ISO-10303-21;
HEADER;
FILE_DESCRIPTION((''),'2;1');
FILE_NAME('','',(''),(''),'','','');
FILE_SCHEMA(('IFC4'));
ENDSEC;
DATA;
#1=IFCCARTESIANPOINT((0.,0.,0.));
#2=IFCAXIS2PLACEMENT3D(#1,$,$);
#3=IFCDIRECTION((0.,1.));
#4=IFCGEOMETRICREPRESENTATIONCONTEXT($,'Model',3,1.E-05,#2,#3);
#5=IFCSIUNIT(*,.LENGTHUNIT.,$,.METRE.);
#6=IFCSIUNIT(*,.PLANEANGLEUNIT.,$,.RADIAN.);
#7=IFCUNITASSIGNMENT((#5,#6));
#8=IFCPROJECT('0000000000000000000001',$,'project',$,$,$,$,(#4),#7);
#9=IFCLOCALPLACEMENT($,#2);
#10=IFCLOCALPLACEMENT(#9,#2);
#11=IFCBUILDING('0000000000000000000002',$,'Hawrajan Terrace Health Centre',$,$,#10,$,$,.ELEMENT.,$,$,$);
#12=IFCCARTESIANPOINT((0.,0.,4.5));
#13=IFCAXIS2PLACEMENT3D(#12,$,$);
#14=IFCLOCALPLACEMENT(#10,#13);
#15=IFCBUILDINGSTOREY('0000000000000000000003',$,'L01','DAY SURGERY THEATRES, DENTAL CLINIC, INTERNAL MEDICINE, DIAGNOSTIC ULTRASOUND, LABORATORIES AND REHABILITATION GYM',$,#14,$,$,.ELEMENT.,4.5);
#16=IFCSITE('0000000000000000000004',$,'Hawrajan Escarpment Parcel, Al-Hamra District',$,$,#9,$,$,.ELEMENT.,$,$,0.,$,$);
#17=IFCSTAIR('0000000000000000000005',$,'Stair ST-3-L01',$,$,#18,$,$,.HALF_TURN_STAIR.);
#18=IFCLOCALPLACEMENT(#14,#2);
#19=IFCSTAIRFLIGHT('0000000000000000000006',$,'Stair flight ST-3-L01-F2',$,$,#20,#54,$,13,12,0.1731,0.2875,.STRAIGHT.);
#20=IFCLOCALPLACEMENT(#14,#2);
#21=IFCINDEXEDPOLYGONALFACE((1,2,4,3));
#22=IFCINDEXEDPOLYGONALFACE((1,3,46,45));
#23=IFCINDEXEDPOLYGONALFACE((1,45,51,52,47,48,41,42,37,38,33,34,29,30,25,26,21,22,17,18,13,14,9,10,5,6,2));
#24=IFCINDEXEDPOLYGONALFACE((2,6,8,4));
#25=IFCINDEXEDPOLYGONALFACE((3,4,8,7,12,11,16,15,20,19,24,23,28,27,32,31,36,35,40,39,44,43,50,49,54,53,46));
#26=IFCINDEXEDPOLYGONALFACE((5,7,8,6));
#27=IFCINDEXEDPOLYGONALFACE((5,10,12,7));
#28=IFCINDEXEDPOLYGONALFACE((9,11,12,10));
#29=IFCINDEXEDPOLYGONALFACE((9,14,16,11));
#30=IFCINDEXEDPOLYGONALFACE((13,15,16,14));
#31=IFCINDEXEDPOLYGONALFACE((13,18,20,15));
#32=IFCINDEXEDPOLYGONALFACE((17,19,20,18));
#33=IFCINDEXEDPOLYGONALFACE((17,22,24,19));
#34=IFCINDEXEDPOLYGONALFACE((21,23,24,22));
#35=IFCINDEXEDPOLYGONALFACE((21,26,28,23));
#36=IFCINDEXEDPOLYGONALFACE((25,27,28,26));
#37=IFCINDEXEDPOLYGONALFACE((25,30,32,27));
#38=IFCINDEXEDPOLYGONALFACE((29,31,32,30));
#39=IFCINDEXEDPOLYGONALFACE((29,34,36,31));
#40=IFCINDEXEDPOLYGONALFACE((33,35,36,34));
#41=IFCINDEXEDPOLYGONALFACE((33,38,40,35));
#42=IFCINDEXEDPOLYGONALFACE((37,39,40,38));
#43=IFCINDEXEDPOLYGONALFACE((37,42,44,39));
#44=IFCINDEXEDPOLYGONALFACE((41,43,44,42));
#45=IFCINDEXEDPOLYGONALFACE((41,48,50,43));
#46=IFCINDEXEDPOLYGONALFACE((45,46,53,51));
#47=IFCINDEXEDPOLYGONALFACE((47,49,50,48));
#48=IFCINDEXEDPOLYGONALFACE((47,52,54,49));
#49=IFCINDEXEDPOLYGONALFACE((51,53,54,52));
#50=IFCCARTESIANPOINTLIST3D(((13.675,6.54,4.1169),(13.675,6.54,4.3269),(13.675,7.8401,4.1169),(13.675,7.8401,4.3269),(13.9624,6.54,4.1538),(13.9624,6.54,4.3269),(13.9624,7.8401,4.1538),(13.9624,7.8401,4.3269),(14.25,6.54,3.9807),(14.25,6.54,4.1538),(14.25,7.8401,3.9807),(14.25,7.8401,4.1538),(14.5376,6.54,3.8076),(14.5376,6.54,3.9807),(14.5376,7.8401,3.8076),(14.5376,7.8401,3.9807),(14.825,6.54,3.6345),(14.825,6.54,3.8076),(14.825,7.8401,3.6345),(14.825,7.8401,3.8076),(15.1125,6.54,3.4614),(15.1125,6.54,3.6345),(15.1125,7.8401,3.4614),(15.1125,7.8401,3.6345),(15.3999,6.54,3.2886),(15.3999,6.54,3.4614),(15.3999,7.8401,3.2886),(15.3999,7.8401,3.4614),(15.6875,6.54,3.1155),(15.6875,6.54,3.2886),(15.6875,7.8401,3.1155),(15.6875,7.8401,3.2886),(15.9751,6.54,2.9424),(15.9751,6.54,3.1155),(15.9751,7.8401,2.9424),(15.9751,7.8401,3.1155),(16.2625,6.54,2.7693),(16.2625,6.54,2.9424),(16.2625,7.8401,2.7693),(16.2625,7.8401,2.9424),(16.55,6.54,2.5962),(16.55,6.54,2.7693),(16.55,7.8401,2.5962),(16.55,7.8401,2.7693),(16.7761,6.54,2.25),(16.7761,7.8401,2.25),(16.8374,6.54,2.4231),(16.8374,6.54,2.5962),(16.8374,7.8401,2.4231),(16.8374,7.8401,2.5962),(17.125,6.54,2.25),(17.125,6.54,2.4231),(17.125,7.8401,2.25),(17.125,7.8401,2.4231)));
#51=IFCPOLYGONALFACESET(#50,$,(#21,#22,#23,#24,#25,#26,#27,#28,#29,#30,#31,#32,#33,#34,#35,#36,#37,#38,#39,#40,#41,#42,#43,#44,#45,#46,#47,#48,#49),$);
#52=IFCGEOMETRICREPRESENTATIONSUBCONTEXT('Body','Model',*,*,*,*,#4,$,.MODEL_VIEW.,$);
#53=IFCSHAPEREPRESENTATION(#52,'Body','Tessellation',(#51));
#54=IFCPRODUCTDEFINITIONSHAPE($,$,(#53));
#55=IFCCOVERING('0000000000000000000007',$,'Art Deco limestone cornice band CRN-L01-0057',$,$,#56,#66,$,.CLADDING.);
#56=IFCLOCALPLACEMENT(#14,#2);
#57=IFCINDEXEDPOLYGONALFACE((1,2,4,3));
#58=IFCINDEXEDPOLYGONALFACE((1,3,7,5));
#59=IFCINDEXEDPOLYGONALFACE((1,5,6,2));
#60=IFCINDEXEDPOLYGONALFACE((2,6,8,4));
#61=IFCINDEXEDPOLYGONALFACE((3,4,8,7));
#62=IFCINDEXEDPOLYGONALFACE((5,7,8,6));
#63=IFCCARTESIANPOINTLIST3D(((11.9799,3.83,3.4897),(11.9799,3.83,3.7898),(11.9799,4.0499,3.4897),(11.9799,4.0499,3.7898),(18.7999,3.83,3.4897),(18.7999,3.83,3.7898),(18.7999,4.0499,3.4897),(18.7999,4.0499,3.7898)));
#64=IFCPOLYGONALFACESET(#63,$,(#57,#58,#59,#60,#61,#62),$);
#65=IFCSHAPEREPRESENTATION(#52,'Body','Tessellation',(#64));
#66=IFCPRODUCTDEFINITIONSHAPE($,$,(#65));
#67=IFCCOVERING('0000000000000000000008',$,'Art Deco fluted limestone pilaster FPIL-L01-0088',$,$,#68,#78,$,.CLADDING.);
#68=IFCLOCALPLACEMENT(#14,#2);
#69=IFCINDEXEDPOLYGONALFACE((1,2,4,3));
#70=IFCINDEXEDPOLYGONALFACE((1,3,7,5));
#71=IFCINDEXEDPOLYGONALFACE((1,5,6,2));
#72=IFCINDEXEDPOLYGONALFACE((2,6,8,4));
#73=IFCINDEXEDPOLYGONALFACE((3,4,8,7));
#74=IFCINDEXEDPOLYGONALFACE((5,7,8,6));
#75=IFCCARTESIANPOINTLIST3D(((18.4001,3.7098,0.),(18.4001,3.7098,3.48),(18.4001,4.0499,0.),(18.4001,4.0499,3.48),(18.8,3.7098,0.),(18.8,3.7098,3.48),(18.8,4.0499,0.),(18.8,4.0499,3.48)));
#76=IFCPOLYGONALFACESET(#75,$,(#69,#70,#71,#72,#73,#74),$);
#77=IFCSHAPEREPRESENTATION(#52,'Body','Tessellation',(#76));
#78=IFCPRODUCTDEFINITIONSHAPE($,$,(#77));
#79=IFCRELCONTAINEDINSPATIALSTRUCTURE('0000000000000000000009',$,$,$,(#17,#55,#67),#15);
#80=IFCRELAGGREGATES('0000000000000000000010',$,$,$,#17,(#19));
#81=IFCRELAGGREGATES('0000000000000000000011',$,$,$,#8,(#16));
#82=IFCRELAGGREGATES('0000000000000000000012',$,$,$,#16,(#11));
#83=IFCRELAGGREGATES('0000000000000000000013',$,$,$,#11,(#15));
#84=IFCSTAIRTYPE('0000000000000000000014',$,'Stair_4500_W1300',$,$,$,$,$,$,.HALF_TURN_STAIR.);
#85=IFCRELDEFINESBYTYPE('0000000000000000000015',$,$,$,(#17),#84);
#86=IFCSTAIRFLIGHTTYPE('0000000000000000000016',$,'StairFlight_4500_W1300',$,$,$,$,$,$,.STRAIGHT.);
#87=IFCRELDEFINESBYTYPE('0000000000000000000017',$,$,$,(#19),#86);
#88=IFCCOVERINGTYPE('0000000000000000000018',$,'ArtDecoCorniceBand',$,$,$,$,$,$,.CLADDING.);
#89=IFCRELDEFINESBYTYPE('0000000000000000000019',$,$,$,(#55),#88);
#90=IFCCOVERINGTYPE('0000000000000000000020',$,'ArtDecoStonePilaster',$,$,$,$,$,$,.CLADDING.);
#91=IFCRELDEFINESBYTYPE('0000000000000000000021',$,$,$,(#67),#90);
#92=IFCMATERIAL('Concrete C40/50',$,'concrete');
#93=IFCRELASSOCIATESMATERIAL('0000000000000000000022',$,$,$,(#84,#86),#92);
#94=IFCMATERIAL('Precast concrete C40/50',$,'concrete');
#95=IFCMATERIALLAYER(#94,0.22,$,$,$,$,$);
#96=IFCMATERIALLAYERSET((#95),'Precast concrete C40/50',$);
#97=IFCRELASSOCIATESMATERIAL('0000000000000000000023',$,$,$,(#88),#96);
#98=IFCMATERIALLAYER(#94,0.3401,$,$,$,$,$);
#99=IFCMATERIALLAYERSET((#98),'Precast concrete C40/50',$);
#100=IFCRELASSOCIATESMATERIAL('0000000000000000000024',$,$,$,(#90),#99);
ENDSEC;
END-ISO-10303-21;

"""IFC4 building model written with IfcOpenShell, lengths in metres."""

from ifc_helpers import new_model, si_unit, direction, frame, origin, origin_2d, place, context, subcontext, project, spatial, polyline, rectangle, outline, extrude, material, layer, layer_set, type_object, element, aggregate, save


model = new_model("IFC4")

# Units and contexts
model_context = context("Model", 3, precision=1e-05, world=origin(), true_north=direction((0.0, 1.0)))
body_context = subcontext(model_context, "Body", "Model", "MODEL_VIEW")
ifc_project = project(units=[si_unit("LENGTHUNIT", "METRE"), si_unit("PLANEANGLEUNIT", "RADIAN")], contexts=[model_context])

# Site, building, storey
site_placement = place(None, origin())
site = spatial("IfcSite", under=ifc_project, at=site_placement, Name="Hawrajan Escarpment Parcel, Al-Hamra District", CompositionType="ELEMENT", RefElevation=0.0)
building_placement = place(site_placement, origin())
building = spatial("IfcBuilding", under=site, at=building_placement, Name="Hawrajan Terrace Health Centre", CompositionType="ELEMENT")
storey_placement = place(building_placement, frame((0.0, 0.0, 4.5)))
storey = spatial("IfcBuildingStorey", under=building, at=storey_placement, Name="L01", Description="DAY SURGERY THEATRES, DENTAL CLINIC, INTERNAL MEDICINE, DIAGNOSTIC ULTRASOUND, LABORATORIES AND REHABILITATION GYM", CompositionType="ELEMENT", Elevation=4.5)

# Shared definitions
ifc_material_1 = material(Name="Concrete C40/50", Category="concrete")

# Shared definitions
ifc_material_2 = material(Name="Precast concrete C40/50", Category="concrete")

# Stair, stair flight
stair_type = type_object("IfcStairType", Name="Stair_4500_W1300", PredefinedType="HALF_TURN_STAIR", material=ifc_material_1)
stair_placement = place(storey_placement, origin())
stair = element("IfcStair", 1, at=stair_placement, inside=storey, type_object=stair_type, Name="Stair ST-3-L01", PredefinedType="HALF_TURN_STAIR")
stair_flight_type = type_object("IfcStairFlightType", Name="StairFlight_4500_W1300", PredefinedType="STRAIGHT", material=ifc_material_1)
stair_flight_1_placement = place(storey_placement, frame((17.125, 7.1899, 2.25), z_axis=(0.0, 0.0, 1.0), x_axis=(-1.0, 0.0, 0.0)))
stair_flight_1 = element("IfcStairFlight", 2, at=stair_flight_1_placement, type_object=stair_flight_type, Name="Stair flight ST-3-L01-F2", NumberOfRisers=13, NumberOfTreads=12, PredefinedType="STRAIGHT", RiserHeight=0.1731, TreadLength=0.2875, context=body_context, shape_type="SweptSolid", body=[
    extrude(outline(polyline([(0.0, 0.0), (0.0, 0.1731), (0.2876, 0.1731), (0.2876, 0.3462), (0.575, 0.3462), (0.575, 0.5193), (0.8625, 0.5193), (0.8625, 0.6924), (1.1499, 0.6924), (1.1499, 0.8655), (1.4375, 0.8655), (1.4375, 1.0386), (1.7251, 1.0386), (1.7251, 1.2114), (2.0125, 1.2114), (2.0125, 1.3845), (2.3, 1.3845), (2.3, 1.5576), (2.5874, 1.5576), (2.5874, 1.7307), (2.875, 1.7307), (2.875, 1.9038), (3.1626, 1.9038), (3.1626, 2.0769), (3.45, 2.0769), (3.45, 2.25), (3.45, 1.8669), (0.3489, 0.0), (0.0, 0.0)])), frame((0.0, 0.6499, 0.0), z_axis=(0.0, -1.0, 0.0), x_axis=(1.0, 0.0, 0.0)), (0.0, 0.0, 1.0), 1.3),
])
aggregate(stair, [stair_flight_1])

# Coverings
ifc_layer_1 = layer(ifc_material_2, 0.22)
ifc_layer_set_1 = layer_set([ifc_layer_1], Name="Precast concrete C40/50")
covering_type_1 = type_object("IfcCoveringType", Name="ArtDecoCorniceBand", PredefinedType="CLADDING", material=ifc_layer_set_1)
covering_1_placement = place(storey_placement, frame((15.3899, 3.9399, 3.4897), z_axis=(0.0, 0.0, 1.0), x_axis=(1.0, 0.0, 0.0)))
element("IfcCovering", 3, at=covering_1_placement, inside=storey, type_object=covering_type_1, Name="Art Deco limestone cornice band CRN-L01-0057", PredefinedType="CLADDING", context=body_context, shape_type="SweptSolid", body=[
    extrude(rectangle(XDim=6.8201, YDim=0.22, at=origin_2d()), origin(), (0.0, 0.0, 1.0), 0.3),
])
ifc_layer_2 = layer(ifc_material_2, 0.3401)
ifc_layer_set_2 = layer_set([ifc_layer_2], Name="Precast concrete C40/50")
covering_type_2 = type_object("IfcCoveringType", Name="ArtDecoStonePilaster", PredefinedType="CLADDING", material=ifc_layer_set_2)
covering_2_placement = place(storey_placement, frame((18.6001, 3.8799, 0.0), z_axis=(0.0, 0.0, 1.0), x_axis=(1.0, 0.0, 0.0)))
element("IfcCovering", 4, at=covering_2_placement, inside=storey, type_object=covering_type_2, Name="Art Deco fluted limestone pilaster FPIL-L01-0088", PredefinedType="CLADDING", context=body_context, shape_type="SweptSolid", body=[
    extrude(rectangle(XDim=0.3999, YDim=0.3401, at=origin_2d()), origin(), (0.0, 0.0, 1.0), 3.48),
])

save(model, "model.ifc")
